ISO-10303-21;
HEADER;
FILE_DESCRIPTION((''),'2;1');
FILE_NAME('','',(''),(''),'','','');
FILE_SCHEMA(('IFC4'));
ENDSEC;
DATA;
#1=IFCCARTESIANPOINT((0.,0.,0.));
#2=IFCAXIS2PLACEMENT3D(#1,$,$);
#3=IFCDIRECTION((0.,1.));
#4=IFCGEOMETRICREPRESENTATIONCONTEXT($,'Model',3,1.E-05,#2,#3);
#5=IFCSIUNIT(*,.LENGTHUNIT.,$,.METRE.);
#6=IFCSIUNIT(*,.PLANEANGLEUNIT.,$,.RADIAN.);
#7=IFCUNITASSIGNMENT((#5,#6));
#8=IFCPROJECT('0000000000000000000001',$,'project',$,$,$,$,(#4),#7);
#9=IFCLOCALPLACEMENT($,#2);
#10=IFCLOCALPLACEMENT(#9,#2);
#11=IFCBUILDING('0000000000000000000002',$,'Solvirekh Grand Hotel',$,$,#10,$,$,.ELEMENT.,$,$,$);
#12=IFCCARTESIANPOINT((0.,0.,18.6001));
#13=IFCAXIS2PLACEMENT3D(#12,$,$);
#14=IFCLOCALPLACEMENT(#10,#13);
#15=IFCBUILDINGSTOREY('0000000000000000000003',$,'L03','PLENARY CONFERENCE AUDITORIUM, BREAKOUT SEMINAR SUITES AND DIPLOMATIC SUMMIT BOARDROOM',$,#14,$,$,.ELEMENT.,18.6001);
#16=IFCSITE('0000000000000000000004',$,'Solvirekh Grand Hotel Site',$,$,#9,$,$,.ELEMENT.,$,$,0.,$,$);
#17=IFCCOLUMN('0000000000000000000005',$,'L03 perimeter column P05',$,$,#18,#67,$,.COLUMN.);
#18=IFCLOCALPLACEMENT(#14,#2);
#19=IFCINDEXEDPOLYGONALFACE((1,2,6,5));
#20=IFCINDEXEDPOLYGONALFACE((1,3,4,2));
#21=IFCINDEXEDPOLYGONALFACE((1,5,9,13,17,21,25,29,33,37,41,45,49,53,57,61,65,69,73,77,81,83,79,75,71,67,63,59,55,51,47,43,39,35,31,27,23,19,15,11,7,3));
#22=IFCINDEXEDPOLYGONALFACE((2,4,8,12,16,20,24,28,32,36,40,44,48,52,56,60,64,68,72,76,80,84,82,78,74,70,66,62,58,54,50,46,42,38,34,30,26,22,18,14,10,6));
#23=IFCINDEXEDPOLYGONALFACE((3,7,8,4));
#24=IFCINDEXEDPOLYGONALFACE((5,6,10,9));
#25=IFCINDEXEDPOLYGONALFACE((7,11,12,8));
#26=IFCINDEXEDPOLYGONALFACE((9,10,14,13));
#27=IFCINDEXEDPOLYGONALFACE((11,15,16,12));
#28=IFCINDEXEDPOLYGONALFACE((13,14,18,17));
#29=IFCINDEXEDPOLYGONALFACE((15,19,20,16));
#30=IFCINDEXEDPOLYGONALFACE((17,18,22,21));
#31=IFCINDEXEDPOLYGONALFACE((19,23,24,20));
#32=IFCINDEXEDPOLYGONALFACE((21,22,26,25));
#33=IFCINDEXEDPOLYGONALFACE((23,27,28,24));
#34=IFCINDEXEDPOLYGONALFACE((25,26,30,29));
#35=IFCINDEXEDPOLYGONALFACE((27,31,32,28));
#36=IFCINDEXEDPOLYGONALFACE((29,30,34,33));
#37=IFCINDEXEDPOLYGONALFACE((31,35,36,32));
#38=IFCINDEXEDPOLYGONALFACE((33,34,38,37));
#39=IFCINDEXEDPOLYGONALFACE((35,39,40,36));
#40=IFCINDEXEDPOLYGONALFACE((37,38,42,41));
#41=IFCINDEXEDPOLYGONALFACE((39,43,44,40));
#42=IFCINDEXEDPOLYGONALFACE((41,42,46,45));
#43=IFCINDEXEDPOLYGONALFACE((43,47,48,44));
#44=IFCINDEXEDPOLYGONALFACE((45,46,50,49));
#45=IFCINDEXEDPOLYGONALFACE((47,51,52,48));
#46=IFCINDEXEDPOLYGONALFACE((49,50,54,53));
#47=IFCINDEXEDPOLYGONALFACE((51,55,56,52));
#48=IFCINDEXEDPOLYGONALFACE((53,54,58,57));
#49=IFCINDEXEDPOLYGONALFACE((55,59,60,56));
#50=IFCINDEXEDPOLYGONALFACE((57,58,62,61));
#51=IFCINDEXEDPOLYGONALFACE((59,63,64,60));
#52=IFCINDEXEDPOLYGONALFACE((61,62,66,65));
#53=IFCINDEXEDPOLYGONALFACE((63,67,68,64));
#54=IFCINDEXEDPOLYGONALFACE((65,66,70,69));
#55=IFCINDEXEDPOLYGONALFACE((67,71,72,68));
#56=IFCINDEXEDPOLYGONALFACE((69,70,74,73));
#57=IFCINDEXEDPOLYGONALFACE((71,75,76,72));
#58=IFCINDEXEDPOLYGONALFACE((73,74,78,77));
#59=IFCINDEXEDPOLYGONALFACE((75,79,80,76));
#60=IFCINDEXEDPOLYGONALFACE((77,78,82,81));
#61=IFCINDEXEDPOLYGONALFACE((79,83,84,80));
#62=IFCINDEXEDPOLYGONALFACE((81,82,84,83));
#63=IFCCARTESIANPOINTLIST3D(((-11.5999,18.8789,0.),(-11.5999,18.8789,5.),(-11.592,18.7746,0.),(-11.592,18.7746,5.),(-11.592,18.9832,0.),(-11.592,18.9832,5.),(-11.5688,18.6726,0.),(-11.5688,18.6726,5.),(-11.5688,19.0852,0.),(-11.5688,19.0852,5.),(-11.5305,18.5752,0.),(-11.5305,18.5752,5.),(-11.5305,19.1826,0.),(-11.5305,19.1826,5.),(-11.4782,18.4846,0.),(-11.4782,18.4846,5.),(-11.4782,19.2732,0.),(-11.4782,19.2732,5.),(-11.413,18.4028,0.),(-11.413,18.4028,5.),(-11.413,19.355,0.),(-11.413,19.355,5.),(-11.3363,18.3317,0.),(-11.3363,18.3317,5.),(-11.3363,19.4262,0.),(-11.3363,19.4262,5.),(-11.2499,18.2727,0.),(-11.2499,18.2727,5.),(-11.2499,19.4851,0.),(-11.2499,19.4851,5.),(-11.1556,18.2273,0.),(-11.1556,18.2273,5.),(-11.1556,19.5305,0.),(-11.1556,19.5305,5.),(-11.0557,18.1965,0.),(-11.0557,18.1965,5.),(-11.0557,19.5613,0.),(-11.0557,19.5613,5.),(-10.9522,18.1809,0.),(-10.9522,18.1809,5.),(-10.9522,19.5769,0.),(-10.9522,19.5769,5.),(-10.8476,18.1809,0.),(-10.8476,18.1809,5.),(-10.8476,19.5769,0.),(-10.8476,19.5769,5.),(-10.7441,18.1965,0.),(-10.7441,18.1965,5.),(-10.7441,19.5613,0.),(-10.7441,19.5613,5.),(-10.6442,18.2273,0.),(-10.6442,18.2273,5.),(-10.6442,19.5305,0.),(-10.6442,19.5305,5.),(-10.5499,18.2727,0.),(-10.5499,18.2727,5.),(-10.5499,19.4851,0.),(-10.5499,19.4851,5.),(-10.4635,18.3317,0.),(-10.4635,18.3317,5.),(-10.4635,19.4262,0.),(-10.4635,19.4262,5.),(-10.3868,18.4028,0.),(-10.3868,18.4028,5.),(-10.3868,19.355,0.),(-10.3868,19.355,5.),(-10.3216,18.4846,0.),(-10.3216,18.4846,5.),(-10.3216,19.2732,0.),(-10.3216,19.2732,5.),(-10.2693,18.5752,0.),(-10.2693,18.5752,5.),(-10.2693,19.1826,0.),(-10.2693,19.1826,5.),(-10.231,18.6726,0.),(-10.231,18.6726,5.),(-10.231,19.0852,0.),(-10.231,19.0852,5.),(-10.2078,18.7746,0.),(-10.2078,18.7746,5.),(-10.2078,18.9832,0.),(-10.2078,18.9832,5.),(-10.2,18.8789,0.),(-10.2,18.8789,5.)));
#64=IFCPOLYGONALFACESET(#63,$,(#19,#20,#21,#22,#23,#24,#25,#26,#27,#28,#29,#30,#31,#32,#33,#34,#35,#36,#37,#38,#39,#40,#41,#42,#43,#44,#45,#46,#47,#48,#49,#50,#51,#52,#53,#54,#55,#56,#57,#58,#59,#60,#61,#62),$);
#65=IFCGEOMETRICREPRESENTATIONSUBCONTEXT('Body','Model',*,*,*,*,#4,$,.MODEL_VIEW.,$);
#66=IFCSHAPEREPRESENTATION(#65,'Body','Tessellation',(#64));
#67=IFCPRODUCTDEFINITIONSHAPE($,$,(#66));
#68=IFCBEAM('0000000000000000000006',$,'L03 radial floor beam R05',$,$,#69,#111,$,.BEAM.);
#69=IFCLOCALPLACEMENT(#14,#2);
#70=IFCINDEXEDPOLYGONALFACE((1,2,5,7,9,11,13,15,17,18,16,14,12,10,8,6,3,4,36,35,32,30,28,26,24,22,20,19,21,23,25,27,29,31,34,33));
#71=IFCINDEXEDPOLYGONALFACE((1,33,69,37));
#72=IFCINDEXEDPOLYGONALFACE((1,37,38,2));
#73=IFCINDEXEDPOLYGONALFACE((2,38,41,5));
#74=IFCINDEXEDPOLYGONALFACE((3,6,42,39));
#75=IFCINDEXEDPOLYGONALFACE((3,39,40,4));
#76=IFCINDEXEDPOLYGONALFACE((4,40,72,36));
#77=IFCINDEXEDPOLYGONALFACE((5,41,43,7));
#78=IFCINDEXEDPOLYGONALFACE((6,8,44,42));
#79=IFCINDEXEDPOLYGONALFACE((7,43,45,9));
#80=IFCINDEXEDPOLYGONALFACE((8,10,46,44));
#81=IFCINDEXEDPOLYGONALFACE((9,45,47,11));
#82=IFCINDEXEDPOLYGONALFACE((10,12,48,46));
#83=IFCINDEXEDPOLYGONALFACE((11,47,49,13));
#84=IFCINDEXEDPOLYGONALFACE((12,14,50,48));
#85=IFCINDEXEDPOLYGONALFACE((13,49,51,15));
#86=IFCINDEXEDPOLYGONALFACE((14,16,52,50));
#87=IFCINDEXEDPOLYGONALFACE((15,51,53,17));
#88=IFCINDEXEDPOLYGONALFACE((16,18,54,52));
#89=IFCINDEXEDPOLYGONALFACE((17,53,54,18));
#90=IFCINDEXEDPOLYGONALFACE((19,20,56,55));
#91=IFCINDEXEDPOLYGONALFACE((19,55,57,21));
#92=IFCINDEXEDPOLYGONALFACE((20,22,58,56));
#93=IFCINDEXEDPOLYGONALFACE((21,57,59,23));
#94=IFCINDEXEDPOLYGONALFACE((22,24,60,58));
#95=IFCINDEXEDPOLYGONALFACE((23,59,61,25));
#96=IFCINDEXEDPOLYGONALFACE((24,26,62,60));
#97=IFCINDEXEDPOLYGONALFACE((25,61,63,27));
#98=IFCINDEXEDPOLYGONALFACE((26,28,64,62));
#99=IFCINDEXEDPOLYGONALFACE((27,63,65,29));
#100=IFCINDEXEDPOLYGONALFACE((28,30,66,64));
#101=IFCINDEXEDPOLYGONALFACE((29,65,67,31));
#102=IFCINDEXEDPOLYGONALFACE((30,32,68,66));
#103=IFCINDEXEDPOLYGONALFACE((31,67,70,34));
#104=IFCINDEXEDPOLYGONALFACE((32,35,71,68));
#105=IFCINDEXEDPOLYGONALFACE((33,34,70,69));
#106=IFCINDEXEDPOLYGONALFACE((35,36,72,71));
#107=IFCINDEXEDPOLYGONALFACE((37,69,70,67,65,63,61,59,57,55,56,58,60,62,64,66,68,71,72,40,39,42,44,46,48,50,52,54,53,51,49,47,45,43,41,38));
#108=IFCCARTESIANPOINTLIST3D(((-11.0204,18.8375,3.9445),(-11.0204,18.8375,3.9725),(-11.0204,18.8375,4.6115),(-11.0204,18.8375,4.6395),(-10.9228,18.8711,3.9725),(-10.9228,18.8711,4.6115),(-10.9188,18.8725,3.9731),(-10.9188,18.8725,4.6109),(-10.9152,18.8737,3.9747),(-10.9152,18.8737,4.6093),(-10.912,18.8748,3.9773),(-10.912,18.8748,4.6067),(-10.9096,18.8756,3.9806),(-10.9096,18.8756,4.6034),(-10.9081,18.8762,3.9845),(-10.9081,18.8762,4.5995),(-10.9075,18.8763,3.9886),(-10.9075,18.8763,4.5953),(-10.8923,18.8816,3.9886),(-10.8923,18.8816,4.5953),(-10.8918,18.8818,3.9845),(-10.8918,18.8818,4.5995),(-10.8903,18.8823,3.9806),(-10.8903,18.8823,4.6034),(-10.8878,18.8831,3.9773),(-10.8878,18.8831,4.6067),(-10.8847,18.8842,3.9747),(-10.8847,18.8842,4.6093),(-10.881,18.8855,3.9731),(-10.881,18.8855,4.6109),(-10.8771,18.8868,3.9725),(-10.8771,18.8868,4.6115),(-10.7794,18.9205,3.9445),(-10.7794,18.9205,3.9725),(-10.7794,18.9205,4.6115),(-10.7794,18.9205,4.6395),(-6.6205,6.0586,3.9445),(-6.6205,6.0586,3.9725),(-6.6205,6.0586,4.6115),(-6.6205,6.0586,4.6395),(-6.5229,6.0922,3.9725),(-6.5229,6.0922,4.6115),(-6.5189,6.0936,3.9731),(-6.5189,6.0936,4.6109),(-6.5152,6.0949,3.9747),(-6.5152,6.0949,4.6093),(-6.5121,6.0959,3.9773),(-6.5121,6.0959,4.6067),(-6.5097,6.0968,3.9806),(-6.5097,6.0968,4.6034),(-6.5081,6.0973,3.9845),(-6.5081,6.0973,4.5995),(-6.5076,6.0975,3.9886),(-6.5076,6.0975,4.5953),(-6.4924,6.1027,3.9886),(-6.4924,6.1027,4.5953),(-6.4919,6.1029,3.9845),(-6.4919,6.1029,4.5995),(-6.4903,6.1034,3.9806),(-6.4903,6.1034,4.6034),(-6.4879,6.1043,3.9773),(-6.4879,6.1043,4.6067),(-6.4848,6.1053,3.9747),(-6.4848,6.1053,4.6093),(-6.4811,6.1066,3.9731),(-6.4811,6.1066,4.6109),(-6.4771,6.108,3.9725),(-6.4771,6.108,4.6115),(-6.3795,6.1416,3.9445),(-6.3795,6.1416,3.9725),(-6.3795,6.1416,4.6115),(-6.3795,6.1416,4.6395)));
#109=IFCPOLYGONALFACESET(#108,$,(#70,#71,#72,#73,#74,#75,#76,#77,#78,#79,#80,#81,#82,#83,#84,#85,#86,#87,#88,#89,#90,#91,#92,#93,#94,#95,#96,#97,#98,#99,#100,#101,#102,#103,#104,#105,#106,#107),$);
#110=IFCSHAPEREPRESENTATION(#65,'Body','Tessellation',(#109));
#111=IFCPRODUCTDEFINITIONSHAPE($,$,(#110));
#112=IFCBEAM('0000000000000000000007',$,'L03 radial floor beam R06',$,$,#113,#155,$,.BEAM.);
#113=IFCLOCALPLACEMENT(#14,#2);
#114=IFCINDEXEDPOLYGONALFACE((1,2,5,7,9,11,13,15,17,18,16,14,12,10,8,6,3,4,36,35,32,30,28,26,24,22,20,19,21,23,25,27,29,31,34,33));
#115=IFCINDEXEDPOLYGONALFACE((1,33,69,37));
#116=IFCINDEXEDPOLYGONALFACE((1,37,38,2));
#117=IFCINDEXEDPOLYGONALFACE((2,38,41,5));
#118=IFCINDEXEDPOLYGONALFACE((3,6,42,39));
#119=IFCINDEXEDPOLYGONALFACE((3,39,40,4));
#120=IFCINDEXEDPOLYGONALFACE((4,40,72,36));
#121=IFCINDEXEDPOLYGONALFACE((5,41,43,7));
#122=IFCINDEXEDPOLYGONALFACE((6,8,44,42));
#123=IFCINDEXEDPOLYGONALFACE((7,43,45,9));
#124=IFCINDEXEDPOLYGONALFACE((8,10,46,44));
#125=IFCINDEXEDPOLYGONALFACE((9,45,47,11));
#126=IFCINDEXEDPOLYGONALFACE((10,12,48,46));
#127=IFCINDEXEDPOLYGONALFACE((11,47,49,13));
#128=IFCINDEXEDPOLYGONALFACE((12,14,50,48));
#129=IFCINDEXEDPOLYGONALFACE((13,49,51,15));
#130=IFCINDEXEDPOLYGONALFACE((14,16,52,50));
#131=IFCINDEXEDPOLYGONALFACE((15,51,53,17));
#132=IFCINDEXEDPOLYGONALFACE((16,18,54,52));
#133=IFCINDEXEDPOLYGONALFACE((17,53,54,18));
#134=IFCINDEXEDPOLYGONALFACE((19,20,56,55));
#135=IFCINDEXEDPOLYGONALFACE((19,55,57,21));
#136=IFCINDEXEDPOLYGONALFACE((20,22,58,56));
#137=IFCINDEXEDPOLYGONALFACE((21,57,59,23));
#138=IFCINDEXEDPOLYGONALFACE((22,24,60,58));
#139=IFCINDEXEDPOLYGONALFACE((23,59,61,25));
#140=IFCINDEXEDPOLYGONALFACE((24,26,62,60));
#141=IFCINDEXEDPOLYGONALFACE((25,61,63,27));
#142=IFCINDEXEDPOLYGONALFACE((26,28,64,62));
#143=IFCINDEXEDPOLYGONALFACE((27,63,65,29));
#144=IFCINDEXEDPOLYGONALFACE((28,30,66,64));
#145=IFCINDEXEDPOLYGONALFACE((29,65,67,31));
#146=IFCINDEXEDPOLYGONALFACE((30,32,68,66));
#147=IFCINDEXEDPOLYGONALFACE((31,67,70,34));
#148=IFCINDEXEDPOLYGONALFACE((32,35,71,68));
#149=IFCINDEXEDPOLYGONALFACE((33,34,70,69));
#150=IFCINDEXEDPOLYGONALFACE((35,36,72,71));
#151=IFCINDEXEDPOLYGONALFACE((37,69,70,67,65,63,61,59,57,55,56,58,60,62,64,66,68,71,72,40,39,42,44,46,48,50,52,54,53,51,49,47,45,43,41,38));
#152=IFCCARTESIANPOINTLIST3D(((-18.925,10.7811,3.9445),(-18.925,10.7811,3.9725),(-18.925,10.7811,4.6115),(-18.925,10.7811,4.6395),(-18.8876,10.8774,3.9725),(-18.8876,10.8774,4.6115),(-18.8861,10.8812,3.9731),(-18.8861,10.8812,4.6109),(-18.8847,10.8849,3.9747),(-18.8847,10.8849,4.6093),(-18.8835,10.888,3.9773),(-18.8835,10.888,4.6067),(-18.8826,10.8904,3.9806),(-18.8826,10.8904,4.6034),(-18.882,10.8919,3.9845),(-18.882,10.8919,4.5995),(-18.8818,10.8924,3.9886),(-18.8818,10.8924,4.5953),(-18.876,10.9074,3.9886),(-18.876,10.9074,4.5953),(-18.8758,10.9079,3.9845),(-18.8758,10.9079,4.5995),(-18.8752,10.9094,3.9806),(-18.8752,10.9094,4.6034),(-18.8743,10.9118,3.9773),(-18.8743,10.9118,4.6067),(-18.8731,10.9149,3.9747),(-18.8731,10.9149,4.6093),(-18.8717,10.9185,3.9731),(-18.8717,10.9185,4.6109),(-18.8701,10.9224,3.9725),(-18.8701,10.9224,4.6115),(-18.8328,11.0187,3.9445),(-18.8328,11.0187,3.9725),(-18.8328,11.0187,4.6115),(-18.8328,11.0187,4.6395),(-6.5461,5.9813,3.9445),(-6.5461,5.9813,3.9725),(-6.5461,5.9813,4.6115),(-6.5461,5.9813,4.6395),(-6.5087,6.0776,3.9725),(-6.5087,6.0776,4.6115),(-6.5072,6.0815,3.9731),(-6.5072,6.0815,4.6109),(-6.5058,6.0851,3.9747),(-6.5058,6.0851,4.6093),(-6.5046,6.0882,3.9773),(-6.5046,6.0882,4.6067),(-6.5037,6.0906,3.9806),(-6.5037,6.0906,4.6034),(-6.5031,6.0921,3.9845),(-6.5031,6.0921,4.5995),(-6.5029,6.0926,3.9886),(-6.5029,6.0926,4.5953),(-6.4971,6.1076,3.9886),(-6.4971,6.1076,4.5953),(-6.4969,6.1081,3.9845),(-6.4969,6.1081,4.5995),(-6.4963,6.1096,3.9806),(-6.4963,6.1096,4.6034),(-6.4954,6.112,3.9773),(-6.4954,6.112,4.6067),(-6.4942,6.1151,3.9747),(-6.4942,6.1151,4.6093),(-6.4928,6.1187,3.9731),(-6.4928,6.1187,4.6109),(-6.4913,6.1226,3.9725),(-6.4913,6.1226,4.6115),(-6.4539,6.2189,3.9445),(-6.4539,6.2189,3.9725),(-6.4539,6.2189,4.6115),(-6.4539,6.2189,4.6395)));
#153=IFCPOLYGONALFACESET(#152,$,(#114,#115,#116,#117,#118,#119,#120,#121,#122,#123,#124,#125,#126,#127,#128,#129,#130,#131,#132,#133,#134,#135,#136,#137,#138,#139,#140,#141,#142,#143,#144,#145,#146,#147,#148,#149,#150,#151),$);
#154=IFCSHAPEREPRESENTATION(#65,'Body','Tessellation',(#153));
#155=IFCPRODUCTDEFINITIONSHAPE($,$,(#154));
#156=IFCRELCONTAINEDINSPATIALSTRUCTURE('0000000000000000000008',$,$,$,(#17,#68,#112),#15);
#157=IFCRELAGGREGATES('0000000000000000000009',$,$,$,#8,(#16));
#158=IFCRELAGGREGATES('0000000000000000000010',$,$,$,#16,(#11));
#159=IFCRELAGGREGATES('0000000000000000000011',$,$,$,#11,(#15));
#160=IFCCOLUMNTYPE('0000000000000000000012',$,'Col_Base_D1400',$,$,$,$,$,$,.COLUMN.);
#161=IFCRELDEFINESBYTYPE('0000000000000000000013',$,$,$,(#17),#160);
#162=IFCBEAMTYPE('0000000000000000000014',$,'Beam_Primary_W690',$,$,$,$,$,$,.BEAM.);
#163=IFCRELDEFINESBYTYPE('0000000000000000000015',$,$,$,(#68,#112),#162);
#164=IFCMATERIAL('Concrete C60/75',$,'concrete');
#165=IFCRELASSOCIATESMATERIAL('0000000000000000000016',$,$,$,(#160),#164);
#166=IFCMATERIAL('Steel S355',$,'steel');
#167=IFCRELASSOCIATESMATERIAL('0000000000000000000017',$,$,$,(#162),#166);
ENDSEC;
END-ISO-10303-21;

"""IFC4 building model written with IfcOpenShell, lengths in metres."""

from ifc_helpers import new_model, si_unit, direction, frame, origin, origin_2d, place, context, subcontext, project, spatial, circle, i_section, extrude, material, material_profile, profile_set, type_object, element, save


model = new_model("IFC4")

# Units and contexts
model_context = context("Model", 3, precision=1e-05, world=origin(), true_north=direction((0.0, 1.0)))
body_context = subcontext(model_context, "Body", "Model", "MODEL_VIEW")
ifc_project = project(units=[si_unit("LENGTHUNIT", "METRE"), si_unit("PLANEANGLEUNIT", "RADIAN")], contexts=[model_context])

# Site, building, storey
site_placement = place(None, origin())
site = spatial("IfcSite", under=ifc_project, at=site_placement, Name="Solvirekh Grand Hotel Site", CompositionType="ELEMENT", RefElevation=0.0)
building_placement = place(site_placement, origin())
building = spatial("IfcBuilding", under=site, at=building_placement, Name="Solvirekh Grand Hotel", CompositionType="ELEMENT")
storey_placement = place(building_placement, frame((0.0, 0.0, 18.6001)))
storey = spatial("IfcBuildingStorey", under=building, at=storey_placement, Name="L03", Description="PLENARY CONFERENCE AUDITORIUM, BREAKOUT SEMINAR SUITES AND DIPLOMATIC SUMMIT BOARDROOM", CompositionType="ELEMENT", Elevation=18.6001)

# Column
ifc_material_1 = material(Name="Concrete C60/75", Category="concrete")
ifc_material_profile_1 = material_profile(ifc_material_1, circle(Radius=0.7, at=origin_2d()), Name="RC CIRC D1400")
ifc_profile_set_1 = profile_set([ifc_material_profile_1], Name="Concrete C60/75")
column_type = type_object("IfcColumnType", Name="Col_Base_D1400", PredefinedType="COLUMN", material=ifc_profile_set_1)
column_placement = place(storey_placement, frame((-10.8999, 18.8789, 0.0), z_axis=(0.0, 0.0, 1.0), x_axis=(1.0, 0.0, 0.0)))
element("IfcColumn", 1, at=column_placement, inside=storey, type_object=column_type, Name="L03 perimeter column P05", PredefinedType="COLUMN", context=body_context, shape_type="SweptSolid", body=[
    extrude(circle(Radius=0.7, at=origin_2d()), origin(), (0.0, 0.0, 1.0), 5.0),
])

# Beams
ifc_material_2 = material(Name="Steel S355", Category="steel")
ifc_material_profile_2 = material_profile(ifc_material_2, i_section(OverallWidth=0.2549, OverallDepth=0.6951, WebThickness=0.0161, FlangeThickness=0.0281, FilletRadius=0.0161, at=origin_2d()), Name="W690X217")
ifc_profile_set_2 = profile_set([ifc_material_profile_2], Name="Steel S355")
beam_type_1 = type_object("IfcBeamType", Name="Beam_Primary_W690", PredefinedType="BEAM", material=ifc_profile_set_2)
beam_1_placement = place(storey_placement, frame((-6.5, 6.1001, 4.292), z_axis=(-0.325555, 0.945523, 0.0), x_axis=(-0.945523, -0.325555, 0.0)))
element("IfcBeam", 2, at=beam_1_placement, inside=storey, type_object=beam_type_1, Name="L03 radial floor beam R05", PredefinedType="BEAM", context=body_context, shape_type="SweptSolid", body=[
    extrude(i_section(OverallWidth=0.2549, OverallDepth=0.6951, WebThickness=0.0161, FlangeThickness=0.0281, FilletRadius=0.0161, at=origin_2d()), origin(), (0.0, 0.0, 1.0), 13.5151),
])
beam_2_placement = place(storey_placement, frame((-6.5, 6.1001, 4.292), z_axis=(-0.932366, 0.361516, 0.0), x_axis=(-0.361516, -0.932366, 0.0)))
element("IfcBeam", 3, at=beam_2_placement, inside=storey, type_object=beam_type_1, Name="L03 radial floor beam R06", PredefinedType="BEAM", context=body_context, shape_type="SweptSolid", body=[
    extrude(i_section(OverallWidth=0.2549, OverallDepth=0.6951, WebThickness=0.0161, FlangeThickness=0.0281, FilletRadius=0.0161, at=origin_2d()), origin(), (0.0, 0.0, 1.0), 13.2769),
])

save(model, "model.ifc")
